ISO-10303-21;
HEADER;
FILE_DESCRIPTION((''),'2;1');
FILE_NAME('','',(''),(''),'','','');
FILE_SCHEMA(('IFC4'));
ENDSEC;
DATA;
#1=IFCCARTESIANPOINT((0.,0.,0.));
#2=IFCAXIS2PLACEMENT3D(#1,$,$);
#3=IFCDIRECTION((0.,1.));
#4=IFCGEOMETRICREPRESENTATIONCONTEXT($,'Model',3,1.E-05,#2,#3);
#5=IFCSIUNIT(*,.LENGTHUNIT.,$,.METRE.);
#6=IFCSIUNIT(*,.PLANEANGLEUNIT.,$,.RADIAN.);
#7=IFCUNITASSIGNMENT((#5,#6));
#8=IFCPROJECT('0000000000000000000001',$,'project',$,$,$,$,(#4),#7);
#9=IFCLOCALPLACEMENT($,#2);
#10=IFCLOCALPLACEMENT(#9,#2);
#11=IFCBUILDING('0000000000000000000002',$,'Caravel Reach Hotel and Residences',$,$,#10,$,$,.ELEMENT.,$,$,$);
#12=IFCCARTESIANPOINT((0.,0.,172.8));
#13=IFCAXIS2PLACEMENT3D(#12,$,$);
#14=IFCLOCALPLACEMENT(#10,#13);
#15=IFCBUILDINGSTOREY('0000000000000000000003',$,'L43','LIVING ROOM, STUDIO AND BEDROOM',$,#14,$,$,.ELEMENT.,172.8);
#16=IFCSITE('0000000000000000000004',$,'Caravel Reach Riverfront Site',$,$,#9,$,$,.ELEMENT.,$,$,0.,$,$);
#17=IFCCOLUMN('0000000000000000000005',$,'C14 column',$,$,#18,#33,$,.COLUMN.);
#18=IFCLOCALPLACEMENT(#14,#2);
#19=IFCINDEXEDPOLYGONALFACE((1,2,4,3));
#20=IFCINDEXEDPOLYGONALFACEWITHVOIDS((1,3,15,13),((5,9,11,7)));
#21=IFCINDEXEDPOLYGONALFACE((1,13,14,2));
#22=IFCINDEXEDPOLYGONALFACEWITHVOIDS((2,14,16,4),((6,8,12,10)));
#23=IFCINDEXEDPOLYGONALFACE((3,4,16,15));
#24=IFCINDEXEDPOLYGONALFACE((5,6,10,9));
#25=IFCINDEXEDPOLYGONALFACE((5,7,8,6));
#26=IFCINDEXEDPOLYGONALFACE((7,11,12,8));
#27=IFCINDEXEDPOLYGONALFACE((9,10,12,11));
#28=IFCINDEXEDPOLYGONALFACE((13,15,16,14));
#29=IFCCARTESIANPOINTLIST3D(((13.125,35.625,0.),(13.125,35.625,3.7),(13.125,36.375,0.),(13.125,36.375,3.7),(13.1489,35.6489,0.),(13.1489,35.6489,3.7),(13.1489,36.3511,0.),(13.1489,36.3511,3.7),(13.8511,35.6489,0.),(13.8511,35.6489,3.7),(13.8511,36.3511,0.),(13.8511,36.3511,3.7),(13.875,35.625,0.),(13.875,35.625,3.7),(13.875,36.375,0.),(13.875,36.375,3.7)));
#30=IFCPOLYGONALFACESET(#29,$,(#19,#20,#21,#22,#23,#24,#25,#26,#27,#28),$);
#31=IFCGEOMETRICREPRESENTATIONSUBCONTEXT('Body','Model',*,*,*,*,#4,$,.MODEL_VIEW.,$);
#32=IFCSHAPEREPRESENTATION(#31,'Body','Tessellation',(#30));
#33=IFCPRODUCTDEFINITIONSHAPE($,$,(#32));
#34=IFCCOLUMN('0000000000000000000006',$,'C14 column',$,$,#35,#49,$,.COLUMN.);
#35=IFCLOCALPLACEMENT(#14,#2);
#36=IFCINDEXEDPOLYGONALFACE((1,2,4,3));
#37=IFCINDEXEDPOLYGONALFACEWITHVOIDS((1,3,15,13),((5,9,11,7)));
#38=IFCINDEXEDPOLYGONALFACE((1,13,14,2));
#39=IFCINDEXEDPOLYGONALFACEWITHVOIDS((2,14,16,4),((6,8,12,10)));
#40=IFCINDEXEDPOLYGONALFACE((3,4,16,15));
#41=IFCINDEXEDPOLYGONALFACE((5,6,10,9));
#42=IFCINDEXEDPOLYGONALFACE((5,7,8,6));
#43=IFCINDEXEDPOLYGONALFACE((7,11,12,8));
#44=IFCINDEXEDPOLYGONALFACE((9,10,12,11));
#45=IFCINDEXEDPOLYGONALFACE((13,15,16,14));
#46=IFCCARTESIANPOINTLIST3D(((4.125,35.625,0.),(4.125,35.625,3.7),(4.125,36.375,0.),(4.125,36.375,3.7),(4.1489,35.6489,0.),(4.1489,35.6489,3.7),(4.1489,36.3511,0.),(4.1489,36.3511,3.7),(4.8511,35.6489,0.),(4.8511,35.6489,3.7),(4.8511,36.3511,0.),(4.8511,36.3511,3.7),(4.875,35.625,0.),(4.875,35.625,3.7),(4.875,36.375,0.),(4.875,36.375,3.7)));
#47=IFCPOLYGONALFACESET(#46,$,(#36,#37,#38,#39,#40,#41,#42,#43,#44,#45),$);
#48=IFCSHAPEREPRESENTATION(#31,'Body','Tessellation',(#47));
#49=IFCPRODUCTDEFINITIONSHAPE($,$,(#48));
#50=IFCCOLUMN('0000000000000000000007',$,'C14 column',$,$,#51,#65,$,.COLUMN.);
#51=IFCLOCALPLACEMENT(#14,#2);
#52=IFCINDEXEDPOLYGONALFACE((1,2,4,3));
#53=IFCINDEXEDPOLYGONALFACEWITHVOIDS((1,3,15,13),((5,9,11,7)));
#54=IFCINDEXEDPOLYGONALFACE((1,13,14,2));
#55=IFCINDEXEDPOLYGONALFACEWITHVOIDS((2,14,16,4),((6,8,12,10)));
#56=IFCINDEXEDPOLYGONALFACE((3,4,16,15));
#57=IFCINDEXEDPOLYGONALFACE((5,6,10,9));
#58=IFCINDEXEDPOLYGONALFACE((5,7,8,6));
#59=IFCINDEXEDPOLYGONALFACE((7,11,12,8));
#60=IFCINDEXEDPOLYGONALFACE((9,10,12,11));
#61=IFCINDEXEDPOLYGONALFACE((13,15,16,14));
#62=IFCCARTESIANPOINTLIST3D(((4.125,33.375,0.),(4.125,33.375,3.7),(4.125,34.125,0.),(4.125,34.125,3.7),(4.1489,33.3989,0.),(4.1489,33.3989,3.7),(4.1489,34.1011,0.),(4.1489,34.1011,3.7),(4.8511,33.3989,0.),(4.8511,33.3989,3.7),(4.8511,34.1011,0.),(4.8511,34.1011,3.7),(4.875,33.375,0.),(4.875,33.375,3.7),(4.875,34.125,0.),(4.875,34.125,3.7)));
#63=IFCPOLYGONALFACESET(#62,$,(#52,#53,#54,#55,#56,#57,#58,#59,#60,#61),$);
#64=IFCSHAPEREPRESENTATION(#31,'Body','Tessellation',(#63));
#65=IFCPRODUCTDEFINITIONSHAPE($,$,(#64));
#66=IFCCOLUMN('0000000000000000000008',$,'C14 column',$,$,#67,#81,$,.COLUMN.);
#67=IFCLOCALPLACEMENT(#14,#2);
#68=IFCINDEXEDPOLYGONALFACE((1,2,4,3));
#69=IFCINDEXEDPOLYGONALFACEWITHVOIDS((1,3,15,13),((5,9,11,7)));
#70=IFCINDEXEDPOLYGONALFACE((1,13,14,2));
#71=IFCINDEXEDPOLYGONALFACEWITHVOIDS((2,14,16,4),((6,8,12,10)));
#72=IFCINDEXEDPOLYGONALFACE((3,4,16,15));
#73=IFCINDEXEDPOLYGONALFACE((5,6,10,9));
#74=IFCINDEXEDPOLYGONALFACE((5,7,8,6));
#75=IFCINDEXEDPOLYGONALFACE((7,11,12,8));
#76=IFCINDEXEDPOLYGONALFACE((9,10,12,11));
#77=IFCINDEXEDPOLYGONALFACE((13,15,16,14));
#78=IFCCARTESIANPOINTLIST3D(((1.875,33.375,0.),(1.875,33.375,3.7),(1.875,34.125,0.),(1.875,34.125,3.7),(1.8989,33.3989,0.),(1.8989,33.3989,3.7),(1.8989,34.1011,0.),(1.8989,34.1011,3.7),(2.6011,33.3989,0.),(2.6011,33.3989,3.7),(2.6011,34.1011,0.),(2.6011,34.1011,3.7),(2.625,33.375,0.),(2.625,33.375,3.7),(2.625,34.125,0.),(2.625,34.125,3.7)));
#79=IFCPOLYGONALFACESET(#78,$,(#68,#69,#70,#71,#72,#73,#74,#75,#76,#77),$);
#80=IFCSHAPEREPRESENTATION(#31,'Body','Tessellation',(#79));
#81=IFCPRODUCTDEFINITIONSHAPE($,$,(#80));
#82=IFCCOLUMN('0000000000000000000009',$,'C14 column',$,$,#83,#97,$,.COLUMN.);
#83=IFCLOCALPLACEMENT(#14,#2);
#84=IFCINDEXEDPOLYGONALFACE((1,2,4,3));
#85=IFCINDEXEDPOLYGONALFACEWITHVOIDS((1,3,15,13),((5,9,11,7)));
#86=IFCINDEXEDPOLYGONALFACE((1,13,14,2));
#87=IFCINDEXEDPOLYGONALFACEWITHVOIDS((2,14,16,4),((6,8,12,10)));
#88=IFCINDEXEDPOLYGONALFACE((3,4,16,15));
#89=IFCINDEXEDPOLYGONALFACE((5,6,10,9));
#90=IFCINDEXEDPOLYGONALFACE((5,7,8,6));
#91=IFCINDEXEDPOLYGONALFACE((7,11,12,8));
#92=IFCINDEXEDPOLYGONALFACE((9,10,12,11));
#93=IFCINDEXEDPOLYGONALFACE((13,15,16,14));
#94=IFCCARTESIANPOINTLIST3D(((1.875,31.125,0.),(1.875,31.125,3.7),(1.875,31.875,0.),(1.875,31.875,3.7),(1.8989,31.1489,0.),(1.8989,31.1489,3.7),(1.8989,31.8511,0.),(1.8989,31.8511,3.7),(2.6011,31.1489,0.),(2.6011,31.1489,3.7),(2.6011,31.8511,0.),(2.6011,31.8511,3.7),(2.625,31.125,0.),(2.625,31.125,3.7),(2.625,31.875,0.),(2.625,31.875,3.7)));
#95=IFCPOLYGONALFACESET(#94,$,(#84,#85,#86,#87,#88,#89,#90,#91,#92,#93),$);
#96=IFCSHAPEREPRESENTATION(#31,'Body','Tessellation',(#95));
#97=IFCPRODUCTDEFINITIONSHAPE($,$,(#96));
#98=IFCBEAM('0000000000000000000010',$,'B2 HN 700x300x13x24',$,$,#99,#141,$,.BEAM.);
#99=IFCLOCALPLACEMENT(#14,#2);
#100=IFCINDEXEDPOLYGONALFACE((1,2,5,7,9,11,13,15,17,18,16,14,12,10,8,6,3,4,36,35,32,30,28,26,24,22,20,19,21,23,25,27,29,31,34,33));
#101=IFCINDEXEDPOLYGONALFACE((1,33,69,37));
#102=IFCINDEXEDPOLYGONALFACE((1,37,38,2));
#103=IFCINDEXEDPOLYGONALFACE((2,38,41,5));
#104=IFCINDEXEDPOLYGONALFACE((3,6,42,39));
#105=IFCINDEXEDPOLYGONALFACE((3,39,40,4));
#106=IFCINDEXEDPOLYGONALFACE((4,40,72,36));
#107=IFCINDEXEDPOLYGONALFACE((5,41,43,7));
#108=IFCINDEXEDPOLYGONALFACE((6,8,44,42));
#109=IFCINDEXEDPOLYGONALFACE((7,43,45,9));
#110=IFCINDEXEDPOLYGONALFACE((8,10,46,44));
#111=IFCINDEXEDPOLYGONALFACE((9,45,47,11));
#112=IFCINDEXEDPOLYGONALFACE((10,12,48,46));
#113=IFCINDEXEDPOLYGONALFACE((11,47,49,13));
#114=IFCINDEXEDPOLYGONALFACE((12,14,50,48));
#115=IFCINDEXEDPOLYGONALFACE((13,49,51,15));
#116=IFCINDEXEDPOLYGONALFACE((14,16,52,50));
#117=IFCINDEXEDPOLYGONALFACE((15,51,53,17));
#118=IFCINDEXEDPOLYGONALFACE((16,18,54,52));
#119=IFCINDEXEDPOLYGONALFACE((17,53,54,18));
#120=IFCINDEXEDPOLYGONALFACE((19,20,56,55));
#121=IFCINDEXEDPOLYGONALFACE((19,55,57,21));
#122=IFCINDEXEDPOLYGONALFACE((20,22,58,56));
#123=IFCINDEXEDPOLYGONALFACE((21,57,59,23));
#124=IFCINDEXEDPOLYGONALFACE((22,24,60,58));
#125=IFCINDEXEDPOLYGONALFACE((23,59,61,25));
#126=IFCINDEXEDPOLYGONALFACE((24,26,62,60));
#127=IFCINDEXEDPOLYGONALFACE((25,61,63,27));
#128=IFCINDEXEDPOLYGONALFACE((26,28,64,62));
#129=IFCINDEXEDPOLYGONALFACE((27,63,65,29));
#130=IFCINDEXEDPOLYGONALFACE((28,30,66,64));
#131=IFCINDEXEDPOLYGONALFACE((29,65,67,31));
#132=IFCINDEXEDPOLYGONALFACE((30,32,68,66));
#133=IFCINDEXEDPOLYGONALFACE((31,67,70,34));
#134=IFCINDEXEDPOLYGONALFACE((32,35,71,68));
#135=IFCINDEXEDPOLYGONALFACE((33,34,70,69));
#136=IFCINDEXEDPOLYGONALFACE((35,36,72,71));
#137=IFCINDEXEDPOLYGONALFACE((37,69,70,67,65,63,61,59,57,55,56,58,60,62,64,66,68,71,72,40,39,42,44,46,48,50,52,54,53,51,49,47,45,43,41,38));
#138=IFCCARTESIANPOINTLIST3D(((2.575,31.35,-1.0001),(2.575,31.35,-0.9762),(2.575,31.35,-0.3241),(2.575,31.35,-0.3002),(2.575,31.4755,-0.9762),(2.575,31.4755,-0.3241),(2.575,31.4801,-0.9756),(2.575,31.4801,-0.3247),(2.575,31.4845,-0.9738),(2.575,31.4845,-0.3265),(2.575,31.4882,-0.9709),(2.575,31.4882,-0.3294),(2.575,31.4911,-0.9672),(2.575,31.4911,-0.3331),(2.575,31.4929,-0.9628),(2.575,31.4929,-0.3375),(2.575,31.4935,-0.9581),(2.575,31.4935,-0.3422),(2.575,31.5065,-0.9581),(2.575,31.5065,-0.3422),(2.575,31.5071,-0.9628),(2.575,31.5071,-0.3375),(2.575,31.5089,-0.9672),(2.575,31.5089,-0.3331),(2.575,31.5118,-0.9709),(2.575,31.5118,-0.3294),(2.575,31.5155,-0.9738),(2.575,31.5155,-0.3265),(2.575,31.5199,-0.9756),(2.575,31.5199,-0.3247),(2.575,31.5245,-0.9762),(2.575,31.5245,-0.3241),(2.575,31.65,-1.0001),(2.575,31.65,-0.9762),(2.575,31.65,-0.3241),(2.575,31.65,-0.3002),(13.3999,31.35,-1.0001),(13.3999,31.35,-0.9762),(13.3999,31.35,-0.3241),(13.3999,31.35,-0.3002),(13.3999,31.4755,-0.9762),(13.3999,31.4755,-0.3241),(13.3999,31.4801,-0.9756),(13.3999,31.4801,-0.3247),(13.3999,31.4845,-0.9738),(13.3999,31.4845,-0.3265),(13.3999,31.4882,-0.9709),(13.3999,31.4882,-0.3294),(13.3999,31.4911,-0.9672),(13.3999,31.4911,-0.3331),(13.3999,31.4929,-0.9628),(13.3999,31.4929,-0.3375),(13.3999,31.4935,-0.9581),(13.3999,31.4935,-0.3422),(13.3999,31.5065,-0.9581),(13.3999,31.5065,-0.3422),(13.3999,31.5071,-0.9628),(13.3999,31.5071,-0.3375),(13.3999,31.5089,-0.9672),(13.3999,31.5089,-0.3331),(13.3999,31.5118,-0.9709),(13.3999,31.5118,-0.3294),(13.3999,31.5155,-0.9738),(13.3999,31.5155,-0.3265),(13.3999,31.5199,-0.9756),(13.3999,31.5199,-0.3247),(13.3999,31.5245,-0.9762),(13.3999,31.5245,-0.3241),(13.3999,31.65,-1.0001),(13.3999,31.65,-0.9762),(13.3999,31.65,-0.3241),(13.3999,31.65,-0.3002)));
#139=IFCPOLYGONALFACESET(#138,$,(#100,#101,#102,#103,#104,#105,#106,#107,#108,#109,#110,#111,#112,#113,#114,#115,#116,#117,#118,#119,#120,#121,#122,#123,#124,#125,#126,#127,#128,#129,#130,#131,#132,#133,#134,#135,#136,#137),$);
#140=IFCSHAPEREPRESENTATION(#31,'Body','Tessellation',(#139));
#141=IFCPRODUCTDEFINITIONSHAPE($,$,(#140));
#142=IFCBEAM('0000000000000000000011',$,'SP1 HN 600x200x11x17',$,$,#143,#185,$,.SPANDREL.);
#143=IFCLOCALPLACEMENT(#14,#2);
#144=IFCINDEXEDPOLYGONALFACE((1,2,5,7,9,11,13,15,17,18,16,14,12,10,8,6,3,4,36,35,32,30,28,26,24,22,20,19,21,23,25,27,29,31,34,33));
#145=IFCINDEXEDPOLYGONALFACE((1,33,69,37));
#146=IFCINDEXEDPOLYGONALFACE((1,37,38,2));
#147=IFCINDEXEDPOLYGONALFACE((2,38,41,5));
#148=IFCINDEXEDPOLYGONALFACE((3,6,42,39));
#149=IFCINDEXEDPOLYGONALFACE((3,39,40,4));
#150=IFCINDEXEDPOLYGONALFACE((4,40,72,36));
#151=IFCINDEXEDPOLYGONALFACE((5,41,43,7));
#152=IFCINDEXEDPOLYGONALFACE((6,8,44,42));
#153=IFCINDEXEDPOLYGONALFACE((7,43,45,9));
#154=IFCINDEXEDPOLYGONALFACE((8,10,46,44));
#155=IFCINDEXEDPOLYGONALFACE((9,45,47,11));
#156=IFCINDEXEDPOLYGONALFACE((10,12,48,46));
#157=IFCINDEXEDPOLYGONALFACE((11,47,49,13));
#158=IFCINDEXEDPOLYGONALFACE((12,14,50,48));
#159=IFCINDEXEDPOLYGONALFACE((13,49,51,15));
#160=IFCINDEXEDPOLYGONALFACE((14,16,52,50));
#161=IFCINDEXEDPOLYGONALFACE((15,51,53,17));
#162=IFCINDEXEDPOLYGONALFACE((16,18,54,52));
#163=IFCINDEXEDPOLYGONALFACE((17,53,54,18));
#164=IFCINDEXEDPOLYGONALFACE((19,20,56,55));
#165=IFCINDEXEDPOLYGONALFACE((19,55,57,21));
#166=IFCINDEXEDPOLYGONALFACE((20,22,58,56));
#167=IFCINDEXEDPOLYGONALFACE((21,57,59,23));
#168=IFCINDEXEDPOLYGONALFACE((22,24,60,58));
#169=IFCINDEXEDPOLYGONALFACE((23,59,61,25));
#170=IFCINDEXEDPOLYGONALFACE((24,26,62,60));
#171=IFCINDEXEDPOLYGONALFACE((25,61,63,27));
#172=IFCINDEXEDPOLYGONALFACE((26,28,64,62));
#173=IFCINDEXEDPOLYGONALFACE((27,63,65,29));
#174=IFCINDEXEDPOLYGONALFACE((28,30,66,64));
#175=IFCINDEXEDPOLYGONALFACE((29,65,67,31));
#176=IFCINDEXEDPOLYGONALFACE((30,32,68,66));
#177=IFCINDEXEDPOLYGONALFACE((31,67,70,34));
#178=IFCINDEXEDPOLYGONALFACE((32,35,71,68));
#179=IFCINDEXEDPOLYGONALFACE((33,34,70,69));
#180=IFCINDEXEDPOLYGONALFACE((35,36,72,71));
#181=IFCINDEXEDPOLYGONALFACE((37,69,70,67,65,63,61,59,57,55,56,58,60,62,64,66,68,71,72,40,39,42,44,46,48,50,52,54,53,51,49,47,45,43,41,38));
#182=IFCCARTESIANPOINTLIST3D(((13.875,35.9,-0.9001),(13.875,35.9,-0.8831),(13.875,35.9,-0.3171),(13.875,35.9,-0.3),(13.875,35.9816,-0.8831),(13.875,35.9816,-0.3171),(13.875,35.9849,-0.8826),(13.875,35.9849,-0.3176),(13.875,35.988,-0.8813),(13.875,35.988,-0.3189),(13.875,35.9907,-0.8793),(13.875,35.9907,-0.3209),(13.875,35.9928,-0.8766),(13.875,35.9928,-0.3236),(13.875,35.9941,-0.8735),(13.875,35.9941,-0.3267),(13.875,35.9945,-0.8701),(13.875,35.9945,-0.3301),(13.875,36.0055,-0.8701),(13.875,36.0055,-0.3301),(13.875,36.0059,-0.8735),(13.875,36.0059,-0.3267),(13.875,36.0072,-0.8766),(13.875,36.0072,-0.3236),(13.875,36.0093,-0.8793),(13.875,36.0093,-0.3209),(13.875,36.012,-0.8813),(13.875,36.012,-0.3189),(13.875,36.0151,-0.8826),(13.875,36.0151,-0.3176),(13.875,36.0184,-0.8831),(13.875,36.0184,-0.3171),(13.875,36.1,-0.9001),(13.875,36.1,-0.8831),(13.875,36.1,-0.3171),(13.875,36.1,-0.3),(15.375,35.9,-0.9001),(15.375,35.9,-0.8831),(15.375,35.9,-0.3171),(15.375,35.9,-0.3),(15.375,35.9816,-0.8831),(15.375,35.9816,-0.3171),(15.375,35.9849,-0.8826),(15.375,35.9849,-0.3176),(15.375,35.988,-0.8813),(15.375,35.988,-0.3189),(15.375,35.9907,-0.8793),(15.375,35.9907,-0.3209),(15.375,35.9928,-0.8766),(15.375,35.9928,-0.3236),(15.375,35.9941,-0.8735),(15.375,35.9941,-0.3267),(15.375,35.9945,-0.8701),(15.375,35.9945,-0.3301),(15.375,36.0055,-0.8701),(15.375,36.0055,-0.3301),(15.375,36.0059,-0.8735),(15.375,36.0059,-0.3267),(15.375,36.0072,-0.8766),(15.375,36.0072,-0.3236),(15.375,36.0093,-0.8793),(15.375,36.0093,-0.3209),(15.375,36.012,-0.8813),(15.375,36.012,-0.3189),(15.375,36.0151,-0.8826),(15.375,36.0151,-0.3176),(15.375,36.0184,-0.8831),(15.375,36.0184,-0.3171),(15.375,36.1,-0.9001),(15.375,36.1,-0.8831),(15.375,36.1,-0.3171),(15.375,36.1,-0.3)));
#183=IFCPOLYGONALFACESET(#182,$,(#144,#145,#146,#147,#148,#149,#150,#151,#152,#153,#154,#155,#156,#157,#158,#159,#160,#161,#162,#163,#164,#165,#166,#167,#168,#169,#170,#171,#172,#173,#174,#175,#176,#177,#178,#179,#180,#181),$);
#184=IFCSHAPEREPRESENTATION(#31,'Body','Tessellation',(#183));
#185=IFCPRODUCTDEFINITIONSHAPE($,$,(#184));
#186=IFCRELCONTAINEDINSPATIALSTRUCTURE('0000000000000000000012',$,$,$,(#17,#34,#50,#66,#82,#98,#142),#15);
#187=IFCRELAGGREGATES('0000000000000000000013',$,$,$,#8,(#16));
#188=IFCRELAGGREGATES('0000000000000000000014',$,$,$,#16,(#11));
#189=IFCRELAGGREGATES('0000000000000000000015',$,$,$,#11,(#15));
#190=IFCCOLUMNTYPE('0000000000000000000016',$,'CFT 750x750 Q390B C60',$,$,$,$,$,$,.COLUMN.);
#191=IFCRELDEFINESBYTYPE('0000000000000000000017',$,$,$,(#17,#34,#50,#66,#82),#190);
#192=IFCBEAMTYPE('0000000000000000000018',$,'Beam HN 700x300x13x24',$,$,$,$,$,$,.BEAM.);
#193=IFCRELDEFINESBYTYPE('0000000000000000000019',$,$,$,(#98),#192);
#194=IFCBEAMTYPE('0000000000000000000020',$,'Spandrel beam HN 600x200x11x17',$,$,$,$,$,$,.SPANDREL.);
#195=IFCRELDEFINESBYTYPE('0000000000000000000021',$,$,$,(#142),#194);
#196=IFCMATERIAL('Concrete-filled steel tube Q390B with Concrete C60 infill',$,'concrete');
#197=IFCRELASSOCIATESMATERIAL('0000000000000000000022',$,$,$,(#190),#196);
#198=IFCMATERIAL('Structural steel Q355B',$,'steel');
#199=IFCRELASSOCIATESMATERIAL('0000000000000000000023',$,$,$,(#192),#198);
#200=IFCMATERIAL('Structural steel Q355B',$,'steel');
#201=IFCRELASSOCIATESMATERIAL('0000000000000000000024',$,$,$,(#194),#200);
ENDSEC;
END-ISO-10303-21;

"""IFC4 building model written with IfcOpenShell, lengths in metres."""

from ifc_helpers import new_model, si_unit, direction, frame, origin, origin_2d, place, context, subcontext, project, spatial, hollow_rectangle, i_section, extrude, material, material_profile, profile_set, type_object, element, save


model = new_model("IFC4")

# Units and contexts
model_context = context("Model", 3, precision=1e-05, world=origin(), true_north=direction((0.0, 1.0)))
body_context = subcontext(model_context, "Body", "Model", "MODEL_VIEW")
ifc_project = project(units=[si_unit("LENGTHUNIT", "METRE"), si_unit("PLANEANGLEUNIT", "RADIAN")], contexts=[model_context])

# Site, building, storey
site_placement = place(None, origin())
site = spatial("IfcSite", under=ifc_project, at=site_placement, Name="Caravel Reach Riverfront Site", CompositionType="ELEMENT", RefElevation=0.0)
building_placement = place(site_placement, origin())
building = spatial("IfcBuilding", under=site, at=building_placement, Name="Caravel Reach Hotel and Residences", CompositionType="ELEMENT")
storey_placement = place(building_placement, frame((0.0, 0.0, 172.8)))
storey = spatial("IfcBuildingStorey", under=building, at=storey_placement, Name="L43", Description="LIVING ROOM, STUDIO AND BEDROOM", CompositionType="ELEMENT", Elevation=172.8)

# Columns
ifc_material_1 = material(Name="Concrete-filled steel tube Q390B with Concrete C60 infill", Category="concrete")
ifc_material_profile_1 = material_profile(ifc_material_1, hollow_rectangle(XDim=0.75, YDim=0.75, WallThickness=0.0239, at=origin_2d()), Name="RHS 750x750x24")
ifc_profile_set_1 = profile_set([ifc_material_profile_1], Name="Concrete-filled steel tube Q390B with Concrete C60 infill")
column_type = type_object("IfcColumnType", Name="CFT 750x750 Q390B C60", PredefinedType="COLUMN", material=ifc_profile_set_1)
for number, where, z_axis, x_axis, name in (
    (1, (13.5, 36.0, 0.0), (0.0, 0.0, 1.0), (1.0, 0.0, 0.0), "C14 column"),
    (2, (4.5, 36.0, 0.0), (0.0, 0.0, 1.0), (1.0, 0.0, 0.0), "C14 column"),
    (3, (4.5, 33.75, 0.0), (0.0, 0.0, 1.0), (1.0, 0.0, 0.0), "C14 column"),
    (4, (2.25, 33.75, 0.0), (0.0, 0.0, 1.0), (1.0, 0.0, 0.0), "C14 column"),
    (5, (2.25, 31.5, 0.0), (0.0, 0.0, 1.0), (1.0, 0.0, 0.0), "C14 column"),
):
    element("IfcColumn", number, at=place(storey_placement, frame(where, z_axis=z_axis, x_axis=x_axis)), inside=storey, type_object=column_type, Name=name, PredefinedType="COLUMN", context=body_context, shape_type="SweptSolid", body=[
        extrude(hollow_rectangle(XDim=0.75, YDim=0.75, WallThickness=0.0239, at=origin_2d()), origin(), (0.0, 0.0, 1.0), 3.7),
    ])

# Beams
ifc_material_2 = material(Name="Structural steel Q355B", Category="steel")
ifc_material_profile_2 = material_profile(ifc_material_2, i_section(OverallWidth=0.3, OverallDepth=0.7, WebThickness=0.0129, FlangeThickness=0.0239, FilletRadius=0.0181, at=origin_2d()), Name="HN 700x300x13x24")
ifc_profile_set_2 = profile_set([ifc_material_profile_2], Name="Structural steel Q355B")
beam_type_1 = type_object("IfcBeamType", Name="Beam HN 700x300x13x24", PredefinedType="BEAM", material=ifc_profile_set_2)
beam_1_placement = place(storey_placement, frame((13.3999, 31.5, -0.6501), z_axis=(-1.0, 0.0, 0.0), x_axis=(0.0, -1.0, 0.0)))
element("IfcBeam", 6, at=beam_1_placement, inside=storey, type_object=beam_type_1, Name="B2 HN 700x300x13x24", PredefinedType="BEAM", context=body_context, shape_type="SweptSolid", body=[
    extrude(i_section(OverallWidth=0.3, OverallDepth=0.7, WebThickness=0.0129, FlangeThickness=0.0239, FilletRadius=0.0181, at=origin_2d()), origin(), (0.0, 0.0, 1.0), 10.825),
])
ifc_material_3 = material(Name="Structural steel Q355B", Category="steel")
ifc_material_profile_3 = material_profile(ifc_material_3, i_section(OverallWidth=0.2, OverallDepth=0.6001, WebThickness=0.011, FlangeThickness=0.0171, FilletRadius=0.0129, at=origin_2d()), Name="HN 600x200x11x17")
ifc_profile_set_3 = profile_set([ifc_material_profile_3], Name="Structural steel Q355B")
beam_type_2 = type_object("IfcBeamType", Name="Spandrel beam HN 600x200x11x17", PredefinedType="SPANDREL", material=ifc_profile_set_3)
beam_2_placement = place(storey_placement, frame((15.375, 36.0, -0.6001), z_axis=(-1.0, 0.0, 0.0), x_axis=(0.0, -1.0, 0.0)))
element("IfcBeam", 7, at=beam_2_placement, inside=storey, type_object=beam_type_2, Name="SP1 HN 600x200x11x17", PredefinedType="SPANDREL", context=body_context, shape_type="SweptSolid", body=[
    extrude(i_section(OverallWidth=0.2, OverallDepth=0.6001, WebThickness=0.011, FlangeThickness=0.0171, FilletRadius=0.0129, at=origin_2d()), origin(), (0.0, 0.0, 1.0), 1.5),
])

save(model, "model.ifc")
